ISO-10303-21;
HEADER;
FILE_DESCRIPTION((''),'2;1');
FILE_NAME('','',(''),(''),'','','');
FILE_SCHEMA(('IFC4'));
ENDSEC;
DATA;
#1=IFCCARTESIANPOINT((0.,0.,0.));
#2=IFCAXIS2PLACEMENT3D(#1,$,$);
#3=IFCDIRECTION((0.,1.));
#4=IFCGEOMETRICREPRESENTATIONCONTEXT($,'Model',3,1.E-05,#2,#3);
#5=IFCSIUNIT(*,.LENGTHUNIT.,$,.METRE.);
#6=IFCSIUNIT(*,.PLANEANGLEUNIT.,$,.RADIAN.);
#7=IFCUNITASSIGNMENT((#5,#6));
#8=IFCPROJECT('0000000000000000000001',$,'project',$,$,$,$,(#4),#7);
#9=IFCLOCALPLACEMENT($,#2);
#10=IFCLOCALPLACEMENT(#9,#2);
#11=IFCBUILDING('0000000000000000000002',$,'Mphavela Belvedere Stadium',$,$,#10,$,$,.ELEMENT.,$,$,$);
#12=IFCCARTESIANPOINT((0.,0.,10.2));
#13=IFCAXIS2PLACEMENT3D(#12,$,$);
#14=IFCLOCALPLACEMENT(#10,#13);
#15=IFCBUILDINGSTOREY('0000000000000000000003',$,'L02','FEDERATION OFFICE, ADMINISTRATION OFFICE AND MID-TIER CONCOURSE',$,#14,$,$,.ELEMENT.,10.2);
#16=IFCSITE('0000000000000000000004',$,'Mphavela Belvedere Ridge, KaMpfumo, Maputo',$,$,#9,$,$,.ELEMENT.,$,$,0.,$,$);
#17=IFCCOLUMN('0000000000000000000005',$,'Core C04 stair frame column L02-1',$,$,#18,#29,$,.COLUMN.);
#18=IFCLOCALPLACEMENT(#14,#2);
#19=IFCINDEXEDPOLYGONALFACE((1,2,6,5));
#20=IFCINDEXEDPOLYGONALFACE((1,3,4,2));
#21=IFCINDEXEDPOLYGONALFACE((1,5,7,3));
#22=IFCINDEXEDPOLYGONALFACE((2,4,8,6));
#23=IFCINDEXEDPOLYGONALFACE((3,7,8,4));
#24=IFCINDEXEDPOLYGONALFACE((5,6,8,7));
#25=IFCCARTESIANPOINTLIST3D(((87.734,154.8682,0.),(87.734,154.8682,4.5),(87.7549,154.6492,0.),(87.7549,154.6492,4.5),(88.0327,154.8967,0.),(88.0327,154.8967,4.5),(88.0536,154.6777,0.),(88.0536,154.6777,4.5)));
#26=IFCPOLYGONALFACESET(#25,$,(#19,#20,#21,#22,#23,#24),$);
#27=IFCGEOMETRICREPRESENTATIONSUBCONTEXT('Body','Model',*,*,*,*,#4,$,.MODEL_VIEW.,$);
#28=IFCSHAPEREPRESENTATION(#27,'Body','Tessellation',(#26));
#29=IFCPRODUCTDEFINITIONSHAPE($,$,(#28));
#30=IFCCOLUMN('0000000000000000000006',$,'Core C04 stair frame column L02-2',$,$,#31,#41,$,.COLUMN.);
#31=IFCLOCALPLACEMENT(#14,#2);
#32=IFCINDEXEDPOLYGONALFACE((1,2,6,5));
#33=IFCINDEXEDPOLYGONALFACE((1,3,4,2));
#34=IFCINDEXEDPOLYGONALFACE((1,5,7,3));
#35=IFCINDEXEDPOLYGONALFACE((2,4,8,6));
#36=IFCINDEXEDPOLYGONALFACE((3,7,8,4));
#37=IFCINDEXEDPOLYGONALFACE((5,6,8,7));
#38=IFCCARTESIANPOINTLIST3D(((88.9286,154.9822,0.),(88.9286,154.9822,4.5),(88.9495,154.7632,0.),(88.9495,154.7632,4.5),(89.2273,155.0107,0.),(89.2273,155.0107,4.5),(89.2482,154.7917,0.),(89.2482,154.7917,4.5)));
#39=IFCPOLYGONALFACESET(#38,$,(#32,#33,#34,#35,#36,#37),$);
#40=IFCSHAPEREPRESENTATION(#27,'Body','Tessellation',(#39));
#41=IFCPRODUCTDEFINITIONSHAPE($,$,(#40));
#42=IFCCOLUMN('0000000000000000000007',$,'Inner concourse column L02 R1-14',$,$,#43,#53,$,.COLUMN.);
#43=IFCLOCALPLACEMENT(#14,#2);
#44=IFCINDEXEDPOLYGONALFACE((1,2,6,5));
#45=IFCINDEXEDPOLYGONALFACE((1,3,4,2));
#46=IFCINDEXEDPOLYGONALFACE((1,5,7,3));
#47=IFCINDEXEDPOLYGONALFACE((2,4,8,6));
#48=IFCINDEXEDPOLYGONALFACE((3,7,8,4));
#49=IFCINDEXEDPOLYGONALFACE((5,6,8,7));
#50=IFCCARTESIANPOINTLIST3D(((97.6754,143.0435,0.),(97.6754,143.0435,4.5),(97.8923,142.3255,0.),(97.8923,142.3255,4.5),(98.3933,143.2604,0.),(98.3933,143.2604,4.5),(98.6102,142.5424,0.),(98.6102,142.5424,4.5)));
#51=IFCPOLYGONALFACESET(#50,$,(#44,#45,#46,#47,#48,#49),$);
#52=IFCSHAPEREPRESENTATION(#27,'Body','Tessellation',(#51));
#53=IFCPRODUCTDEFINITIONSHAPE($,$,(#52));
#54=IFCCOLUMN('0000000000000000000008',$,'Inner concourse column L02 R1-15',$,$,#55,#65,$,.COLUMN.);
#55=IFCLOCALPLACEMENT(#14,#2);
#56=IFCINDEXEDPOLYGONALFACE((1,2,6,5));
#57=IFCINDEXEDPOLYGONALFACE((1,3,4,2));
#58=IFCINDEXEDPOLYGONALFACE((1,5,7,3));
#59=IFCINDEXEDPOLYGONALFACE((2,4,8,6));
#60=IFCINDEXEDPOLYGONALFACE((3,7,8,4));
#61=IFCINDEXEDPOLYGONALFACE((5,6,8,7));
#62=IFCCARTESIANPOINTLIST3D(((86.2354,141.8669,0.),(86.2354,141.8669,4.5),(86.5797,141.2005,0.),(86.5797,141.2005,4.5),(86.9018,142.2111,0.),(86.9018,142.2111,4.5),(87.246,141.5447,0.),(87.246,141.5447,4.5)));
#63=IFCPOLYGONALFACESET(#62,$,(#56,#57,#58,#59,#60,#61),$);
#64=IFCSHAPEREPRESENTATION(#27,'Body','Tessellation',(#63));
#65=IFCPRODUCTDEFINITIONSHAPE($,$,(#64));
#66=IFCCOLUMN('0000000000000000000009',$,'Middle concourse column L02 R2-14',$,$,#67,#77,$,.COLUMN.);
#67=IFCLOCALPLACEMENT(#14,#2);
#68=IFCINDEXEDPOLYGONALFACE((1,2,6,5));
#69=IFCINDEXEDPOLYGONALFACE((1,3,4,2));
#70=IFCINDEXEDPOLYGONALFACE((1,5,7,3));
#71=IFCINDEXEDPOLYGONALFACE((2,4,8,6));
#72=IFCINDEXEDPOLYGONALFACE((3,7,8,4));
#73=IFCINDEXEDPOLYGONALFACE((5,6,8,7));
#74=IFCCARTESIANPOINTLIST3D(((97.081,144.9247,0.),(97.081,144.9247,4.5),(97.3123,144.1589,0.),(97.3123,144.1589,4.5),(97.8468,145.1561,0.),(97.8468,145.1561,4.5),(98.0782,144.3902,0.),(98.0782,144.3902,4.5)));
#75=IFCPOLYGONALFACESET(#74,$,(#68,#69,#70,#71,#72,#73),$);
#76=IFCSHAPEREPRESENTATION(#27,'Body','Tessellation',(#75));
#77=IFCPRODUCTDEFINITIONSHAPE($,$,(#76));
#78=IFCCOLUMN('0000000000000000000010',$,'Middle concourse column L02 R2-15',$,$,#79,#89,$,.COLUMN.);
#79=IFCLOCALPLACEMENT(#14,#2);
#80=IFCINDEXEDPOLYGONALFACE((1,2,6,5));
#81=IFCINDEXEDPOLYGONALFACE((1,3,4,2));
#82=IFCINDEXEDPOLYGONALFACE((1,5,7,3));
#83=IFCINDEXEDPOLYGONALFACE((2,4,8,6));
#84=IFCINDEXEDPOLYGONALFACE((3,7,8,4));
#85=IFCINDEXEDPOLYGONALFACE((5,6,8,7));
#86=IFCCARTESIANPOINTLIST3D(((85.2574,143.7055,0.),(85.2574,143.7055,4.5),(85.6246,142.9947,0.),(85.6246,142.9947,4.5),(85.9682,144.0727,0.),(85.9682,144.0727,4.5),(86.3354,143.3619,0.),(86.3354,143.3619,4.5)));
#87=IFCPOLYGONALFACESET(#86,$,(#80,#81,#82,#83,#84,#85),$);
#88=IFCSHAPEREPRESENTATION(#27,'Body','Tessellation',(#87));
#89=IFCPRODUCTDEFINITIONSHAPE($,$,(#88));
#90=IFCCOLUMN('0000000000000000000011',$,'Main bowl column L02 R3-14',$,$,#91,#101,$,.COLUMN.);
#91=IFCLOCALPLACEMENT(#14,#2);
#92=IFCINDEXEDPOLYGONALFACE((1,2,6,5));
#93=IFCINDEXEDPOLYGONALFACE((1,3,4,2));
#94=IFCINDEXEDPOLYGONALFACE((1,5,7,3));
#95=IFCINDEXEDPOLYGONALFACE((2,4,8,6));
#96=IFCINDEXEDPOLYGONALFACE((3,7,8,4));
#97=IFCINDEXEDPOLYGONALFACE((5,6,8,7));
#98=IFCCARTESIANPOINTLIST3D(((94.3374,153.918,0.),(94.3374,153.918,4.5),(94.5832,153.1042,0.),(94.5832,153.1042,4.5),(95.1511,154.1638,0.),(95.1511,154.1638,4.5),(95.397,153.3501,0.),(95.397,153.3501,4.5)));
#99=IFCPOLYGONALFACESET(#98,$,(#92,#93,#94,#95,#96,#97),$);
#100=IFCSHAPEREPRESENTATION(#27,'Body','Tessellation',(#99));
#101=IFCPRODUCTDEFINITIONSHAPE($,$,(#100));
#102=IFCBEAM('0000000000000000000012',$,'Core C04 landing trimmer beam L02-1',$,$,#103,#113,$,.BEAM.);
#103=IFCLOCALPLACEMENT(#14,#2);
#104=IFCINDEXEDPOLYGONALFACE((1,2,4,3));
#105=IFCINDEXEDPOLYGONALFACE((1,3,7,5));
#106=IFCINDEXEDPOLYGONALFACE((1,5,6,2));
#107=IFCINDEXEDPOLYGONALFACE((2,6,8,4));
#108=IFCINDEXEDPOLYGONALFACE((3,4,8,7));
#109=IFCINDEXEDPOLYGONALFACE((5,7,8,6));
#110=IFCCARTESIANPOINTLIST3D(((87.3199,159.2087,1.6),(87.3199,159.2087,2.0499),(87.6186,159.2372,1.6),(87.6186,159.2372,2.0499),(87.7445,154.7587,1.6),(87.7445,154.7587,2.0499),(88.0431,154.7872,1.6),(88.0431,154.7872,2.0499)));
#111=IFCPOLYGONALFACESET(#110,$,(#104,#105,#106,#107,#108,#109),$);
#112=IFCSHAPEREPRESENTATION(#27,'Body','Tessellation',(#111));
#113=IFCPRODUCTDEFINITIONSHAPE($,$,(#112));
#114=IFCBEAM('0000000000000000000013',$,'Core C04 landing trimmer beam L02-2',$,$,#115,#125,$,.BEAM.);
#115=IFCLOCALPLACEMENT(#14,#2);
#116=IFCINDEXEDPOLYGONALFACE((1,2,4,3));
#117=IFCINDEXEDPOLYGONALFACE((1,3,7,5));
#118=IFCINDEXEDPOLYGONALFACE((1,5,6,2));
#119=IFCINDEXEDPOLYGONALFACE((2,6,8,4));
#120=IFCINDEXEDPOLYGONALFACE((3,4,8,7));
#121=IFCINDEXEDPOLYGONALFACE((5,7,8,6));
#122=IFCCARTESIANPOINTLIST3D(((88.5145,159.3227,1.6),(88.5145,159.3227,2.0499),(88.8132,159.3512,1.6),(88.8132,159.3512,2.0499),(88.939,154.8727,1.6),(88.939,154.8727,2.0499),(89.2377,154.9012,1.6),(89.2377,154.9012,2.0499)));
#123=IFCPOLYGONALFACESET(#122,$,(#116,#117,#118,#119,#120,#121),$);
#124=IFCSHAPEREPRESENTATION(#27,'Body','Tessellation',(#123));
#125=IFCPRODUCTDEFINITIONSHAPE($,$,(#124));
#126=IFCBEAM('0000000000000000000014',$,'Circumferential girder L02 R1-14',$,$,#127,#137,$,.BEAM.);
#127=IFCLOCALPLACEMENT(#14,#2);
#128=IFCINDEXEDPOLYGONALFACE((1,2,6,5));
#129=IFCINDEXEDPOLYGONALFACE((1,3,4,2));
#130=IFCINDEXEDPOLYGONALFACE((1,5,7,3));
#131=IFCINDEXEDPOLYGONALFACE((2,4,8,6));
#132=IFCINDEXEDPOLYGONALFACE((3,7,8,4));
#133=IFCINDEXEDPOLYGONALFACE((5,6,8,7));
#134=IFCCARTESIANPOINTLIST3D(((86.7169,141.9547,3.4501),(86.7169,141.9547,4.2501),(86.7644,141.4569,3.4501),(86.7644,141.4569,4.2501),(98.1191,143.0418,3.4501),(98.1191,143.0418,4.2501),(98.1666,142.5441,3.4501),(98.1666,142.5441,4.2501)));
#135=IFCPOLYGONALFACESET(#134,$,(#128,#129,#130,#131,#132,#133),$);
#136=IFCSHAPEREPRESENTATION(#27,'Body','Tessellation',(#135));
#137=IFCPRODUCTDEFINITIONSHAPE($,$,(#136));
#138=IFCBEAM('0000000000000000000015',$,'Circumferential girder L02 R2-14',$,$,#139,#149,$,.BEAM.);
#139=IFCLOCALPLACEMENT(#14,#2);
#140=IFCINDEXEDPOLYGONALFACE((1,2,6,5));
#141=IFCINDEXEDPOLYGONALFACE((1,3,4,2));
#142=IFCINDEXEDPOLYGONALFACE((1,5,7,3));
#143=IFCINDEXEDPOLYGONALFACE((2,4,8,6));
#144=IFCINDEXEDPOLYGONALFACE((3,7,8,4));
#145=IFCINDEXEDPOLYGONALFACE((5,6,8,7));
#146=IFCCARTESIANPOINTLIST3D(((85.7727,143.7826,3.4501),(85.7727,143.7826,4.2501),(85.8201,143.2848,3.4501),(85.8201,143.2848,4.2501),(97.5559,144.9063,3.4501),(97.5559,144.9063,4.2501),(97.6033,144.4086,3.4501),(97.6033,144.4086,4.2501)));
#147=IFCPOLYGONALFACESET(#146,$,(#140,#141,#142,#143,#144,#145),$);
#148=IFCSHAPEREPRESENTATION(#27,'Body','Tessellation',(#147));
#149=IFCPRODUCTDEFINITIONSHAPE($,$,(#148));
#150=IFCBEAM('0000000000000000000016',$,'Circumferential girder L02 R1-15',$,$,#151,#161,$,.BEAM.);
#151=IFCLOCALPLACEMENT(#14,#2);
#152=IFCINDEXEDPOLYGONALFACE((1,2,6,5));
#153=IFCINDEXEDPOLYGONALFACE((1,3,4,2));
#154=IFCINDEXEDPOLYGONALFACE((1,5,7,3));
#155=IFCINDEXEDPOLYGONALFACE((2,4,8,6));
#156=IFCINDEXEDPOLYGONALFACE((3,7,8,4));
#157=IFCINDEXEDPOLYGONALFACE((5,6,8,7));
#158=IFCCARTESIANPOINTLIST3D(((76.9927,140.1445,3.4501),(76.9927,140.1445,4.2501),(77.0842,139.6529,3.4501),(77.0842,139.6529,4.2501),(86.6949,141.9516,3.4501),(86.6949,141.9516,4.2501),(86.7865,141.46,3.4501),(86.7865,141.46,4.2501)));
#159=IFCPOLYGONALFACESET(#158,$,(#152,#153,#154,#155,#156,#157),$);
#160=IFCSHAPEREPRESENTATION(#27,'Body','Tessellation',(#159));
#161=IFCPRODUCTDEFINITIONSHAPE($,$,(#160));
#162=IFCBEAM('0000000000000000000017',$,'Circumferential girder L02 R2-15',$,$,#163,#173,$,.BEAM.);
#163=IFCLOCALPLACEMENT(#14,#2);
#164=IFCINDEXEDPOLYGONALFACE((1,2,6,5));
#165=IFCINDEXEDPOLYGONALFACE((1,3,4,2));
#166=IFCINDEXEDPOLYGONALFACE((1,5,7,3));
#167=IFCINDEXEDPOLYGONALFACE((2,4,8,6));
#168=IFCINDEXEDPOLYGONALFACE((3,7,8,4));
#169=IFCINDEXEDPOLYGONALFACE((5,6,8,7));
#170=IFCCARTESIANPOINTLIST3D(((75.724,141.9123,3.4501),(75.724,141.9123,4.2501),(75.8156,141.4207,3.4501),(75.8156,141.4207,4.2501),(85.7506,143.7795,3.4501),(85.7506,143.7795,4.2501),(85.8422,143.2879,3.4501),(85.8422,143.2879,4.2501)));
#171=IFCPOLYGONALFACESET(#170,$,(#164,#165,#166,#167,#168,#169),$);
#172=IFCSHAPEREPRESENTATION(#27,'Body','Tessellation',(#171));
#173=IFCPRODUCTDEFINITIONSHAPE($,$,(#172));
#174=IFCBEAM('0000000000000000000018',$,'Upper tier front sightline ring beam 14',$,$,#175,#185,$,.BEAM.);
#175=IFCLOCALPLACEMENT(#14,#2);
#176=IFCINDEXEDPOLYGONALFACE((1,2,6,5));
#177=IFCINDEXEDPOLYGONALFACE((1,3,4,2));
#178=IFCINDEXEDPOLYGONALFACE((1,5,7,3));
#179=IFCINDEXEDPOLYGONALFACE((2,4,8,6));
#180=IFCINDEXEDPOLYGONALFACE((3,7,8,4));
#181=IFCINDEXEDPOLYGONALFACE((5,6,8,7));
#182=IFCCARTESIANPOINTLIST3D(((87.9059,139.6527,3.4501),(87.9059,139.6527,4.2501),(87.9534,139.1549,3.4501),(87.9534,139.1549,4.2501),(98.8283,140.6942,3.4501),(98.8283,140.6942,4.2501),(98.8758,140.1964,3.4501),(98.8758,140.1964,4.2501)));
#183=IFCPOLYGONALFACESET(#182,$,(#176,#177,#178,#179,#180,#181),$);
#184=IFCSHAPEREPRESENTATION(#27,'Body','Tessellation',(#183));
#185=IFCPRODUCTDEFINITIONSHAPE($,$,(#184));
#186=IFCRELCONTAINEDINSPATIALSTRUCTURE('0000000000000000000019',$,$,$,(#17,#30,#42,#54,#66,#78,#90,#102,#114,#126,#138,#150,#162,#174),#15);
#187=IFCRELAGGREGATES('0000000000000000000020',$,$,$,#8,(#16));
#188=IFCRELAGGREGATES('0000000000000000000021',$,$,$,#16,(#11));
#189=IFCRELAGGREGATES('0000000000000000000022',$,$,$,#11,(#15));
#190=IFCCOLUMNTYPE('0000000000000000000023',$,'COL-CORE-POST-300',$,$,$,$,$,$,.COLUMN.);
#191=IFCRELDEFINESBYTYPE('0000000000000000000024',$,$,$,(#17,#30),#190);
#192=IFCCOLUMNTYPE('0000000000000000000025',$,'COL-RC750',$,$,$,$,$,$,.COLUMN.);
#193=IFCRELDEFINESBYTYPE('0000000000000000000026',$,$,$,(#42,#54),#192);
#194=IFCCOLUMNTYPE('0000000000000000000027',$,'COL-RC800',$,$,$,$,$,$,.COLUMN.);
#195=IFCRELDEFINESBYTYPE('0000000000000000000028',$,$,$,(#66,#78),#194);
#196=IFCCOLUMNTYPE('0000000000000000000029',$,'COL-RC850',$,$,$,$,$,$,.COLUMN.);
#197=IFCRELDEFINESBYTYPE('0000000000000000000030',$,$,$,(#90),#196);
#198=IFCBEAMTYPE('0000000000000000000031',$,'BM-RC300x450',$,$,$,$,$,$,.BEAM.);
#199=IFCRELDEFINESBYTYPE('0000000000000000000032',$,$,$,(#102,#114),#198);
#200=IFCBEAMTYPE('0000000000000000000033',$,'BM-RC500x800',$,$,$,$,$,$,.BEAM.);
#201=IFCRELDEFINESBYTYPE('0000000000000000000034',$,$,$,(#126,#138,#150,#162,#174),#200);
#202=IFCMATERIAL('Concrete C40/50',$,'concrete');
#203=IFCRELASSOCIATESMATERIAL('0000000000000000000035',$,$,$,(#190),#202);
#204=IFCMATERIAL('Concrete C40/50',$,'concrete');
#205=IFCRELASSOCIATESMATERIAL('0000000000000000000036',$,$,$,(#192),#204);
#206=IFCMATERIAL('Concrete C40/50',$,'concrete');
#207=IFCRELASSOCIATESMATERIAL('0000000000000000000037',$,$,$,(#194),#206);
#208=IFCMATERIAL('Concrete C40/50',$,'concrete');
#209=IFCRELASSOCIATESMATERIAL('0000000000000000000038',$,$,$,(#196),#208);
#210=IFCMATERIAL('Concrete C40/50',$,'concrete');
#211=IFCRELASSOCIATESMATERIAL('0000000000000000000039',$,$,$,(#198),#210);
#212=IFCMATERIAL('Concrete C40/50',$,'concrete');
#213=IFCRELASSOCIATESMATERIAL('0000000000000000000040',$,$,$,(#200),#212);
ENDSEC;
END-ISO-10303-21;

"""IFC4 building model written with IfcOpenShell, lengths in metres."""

from ifc_helpers import new_model, si_unit, direction, frame, origin, origin_2d, place, context, subcontext, project, spatial, rectangle, extrude, material, material_profile, profile_set, type_object, element, save


model = new_model("IFC4")

# Units and contexts
model_context = context("Model", 3, precision=1e-05, world=origin(), true_north=direction((0.0, 1.0)))
body_context = subcontext(model_context, "Body", "Model", "MODEL_VIEW")
ifc_project = project(units=[si_unit("LENGTHUNIT", "METRE"), si_unit("PLANEANGLEUNIT", "RADIAN")], contexts=[model_context])

# Site, building, storey
site_placement = place(None, origin())
site = spatial("IfcSite", under=ifc_project, at=site_placement, Name="Mphavela Belvedere Ridge, KaMpfumo, Maputo", CompositionType="ELEMENT", RefElevation=0.0)
building_placement = place(site_placement, origin())
building = spatial("IfcBuilding", under=site, at=building_placement, Name="Mphavela Belvedere Stadium", CompositionType="ELEMENT")
storey_placement = place(building_placement, frame((0.0, 0.0, 10.2)))
storey = spatial("IfcBuildingStorey", under=building, at=storey_placement, Name="L02", Description="FEDERATION OFFICE, ADMINISTRATION OFFICE AND MID-TIER CONCOURSE", CompositionType="ELEMENT", Elevation=10.2)

# Columns
ifc_material_1 = material(Name="Concrete C40/50", Category="concrete")
ifc_material_profile_1 = material_profile(ifc_material_1, rectangle(XDim=0.3, YDim=0.22, at=origin_2d()), Name="RC 300x220")
ifc_profile_set_1 = profile_set([ifc_material_profile_1], Name="Concrete C40/50")
column_type_1 = type_object("IfcColumnType", Name="COL-CORE-POST-300", PredefinedType="COLUMN", material=ifc_profile_set_1)
for number, where, z_axis, x_axis, name in (
    (1, (87.8938, 154.7729, 0.0), (0.0, 0.0, 1.0), (0.995479, 0.094977, 0.0), "Core C04 stair frame column L02-1"),
    (2, (89.0884, 154.887, 0.0), (0.0, 0.0, 1.0), (0.995479, 0.094977, 0.0), "Core C04 stair frame column L02-2"),
):
    element("IfcColumn", number, at=place(storey_placement, frame(where, z_axis=z_axis, x_axis=x_axis)), inside=storey, type_object=column_type_1, Name=name, PredefinedType="COLUMN", context=body_context, shape_type="SweptSolid", body=[
        extrude(rectangle(XDim=0.3, YDim=0.22, at=origin_2d()), origin(), (0.0, 0.0, 1.0), 4.5),
    ])
ifc_material_2 = material(Name="Concrete C40/50", Category="concrete")
ifc_material_profile_2 = material_profile(ifc_material_2, rectangle(XDim=0.75, YDim=0.75, at=origin_2d()), Name="RC 750x750")
ifc_profile_set_2 = profile_set([ifc_material_profile_2], Name="Concrete C40/50")
column_type_2 = type_object("IfcColumnType", Name="COL-RC750", PredefinedType="COLUMN", material=ifc_profile_set_2)
for number, where, z_axis, x_axis, name in (
    (3, (98.1428, 142.793, 0.0), (0.0, 0.0, 1.0), (-0.289199, 0.957269, 0.0), "Inner concourse column L02 R1-14"),
    (4, (86.7407, 141.7058, 0.0), (0.0, 0.0, 1.0), (-0.45896, 0.888457, 0.0), "Inner concourse column L02 R1-15"),
):
    element("IfcColumn", number, at=place(storey_placement, frame(where, z_axis=z_axis, x_axis=x_axis)), inside=storey, type_object=column_type_2, Name=name, PredefinedType="COLUMN", context=body_context, shape_type="SweptSolid", body=[
        extrude(rectangle(XDim=0.75, YDim=0.75, at=origin_2d()), origin(), (0.0, 0.0, 1.0), 4.5),
    ])
ifc_material_3 = material(Name="Concrete C40/50", Category="concrete")
ifc_material_profile_3 = material_profile(ifc_material_3, rectangle(XDim=0.8, YDim=0.8, at=origin_2d()), Name="RC 800x800")
ifc_profile_set_3 = profile_set([ifc_material_profile_3], Name="Concrete C40/50")
column_type_3 = type_object("IfcColumnType", Name="COL-RC800", PredefinedType="COLUMN", material=ifc_profile_set_3)
for number, where, z_axis, x_axis, name in (
    (5, (97.5796, 144.6575, 0.0), (0.0, 0.0, 1.0), (-0.289199, 0.957269, 0.0), "Middle concourse column L02 R2-14"),
    (6, (85.7964, 143.5337, 0.0), (0.0, 0.0, 1.0), (-0.45896, 0.888457, 0.0), "Middle concourse column L02 R2-15"),
):
    element("IfcColumn", number, at=place(storey_placement, frame(where, z_axis=z_axis, x_axis=x_axis)), inside=storey, type_object=column_type_3, Name=name, PredefinedType="COLUMN", context=body_context, shape_type="SweptSolid", body=[
        extrude(rectangle(XDim=0.8, YDim=0.8, at=origin_2d()), origin(), (0.0, 0.0, 1.0), 4.5),
    ])
ifc_material_4 = material(Name="Concrete C40/50", Category="concrete")
ifc_material_profile_4 = material_profile(ifc_material_4, rectangle(XDim=0.8501, YDim=0.8501, at=origin_2d()), Name="RC 850x850")
ifc_profile_set_4 = profile_set([ifc_material_profile_4], Name="Concrete C40/50")
column_type_4 = type_object("IfcColumnType", Name="COL-RC850", PredefinedType="COLUMN", material=ifc_profile_set_4)
column_placement = place(storey_placement, frame((94.8672, 153.634, 0.0), z_axis=(0.0, 0.0, 1.0), x_axis=(-0.289199, 0.957269, 0.0)))
element("IfcColumn", 7, at=column_placement, inside=storey, type_object=column_type_4, Name="Main bowl column L02 R3-14", PredefinedType="COLUMN", context=body_context, shape_type="SweptSolid", body=[
    extrude(rectangle(XDim=0.8501, YDim=0.8501, at=origin_2d()), origin(), (0.0, 0.0, 1.0), 4.5),
])

# Beams
ifc_material_5 = material(Name="Concrete C40/50", Category="concrete")
ifc_material_profile_5 = material_profile(ifc_material_5, rectangle(XDim=0.3, YDim=0.45, at=origin_2d()), Name="RC 300x450")
ifc_profile_set_5 = profile_set([ifc_material_profile_5], Name="Concrete C40/50")
beam_type_1 = type_object("IfcBeamType", Name="BM-RC300x450", PredefinedType="BEAM", material=ifc_profile_set_5)
for number, where, z_axis, x_axis, name in (
    (8, (87.8938, 154.7729, 1.825), (-0.094977, 0.99548, 0.0), (-0.99548, -0.094977, 0.0), "Core C04 landing trimmer beam L02-1"),
    (9, (89.0884, 154.887, 1.825), (-0.094977, 0.99548, 0.0), (-0.99548, -0.094977, 0.0), "Core C04 landing trimmer beam L02-2"),
):
    element("IfcBeam", number, at=place(storey_placement, frame(where, z_axis=z_axis, x_axis=x_axis)), inside=storey, type_object=beam_type_1, Name=name, PredefinedType="BEAM", context=body_context, shape_type="SweptSolid", body=[
        extrude(rectangle(XDim=0.3, YDim=0.45, at=origin_2d()), origin(), (0.0, 0.0, 1.0), 4.4702),
    ])
ifc_material_6 = material(Name="Concrete C40/50", Category="concrete")
ifc_material_profile_6 = material_profile(ifc_material_6, rectangle(XDim=0.5, YDim=0.8, at=origin_2d()), Name="RC 500x800")
ifc_profile_set_6 = profile_set([ifc_material_profile_6], Name="Concrete C40/50")
beam_type_2 = type_object("IfcBeamType", Name="BM-RC500x800", PredefinedType="BEAM", material=ifc_profile_set_6)
beam_1_placement = place(storey_placement, frame((98.1428, 142.793, 3.8501), z_axis=(-0.995485, -0.094917, 0.0), x_axis=(0.094917, -0.995485, 0.0)))
element("IfcBeam", 10, at=beam_1_placement, inside=storey, type_object=beam_type_2, Name="Circumferential girder L02 R1-14", PredefinedType="BEAM", context=body_context, shape_type="SweptSolid", body=[
    extrude(rectangle(XDim=0.5, YDim=0.8, at=origin_2d()), origin(), (0.0, 0.0, 1.0), 11.4539),
])
beam_2_placement = place(storey_placement, frame((97.5796, 144.6575, 3.8501), z_axis=(-0.995483, -0.09494, 0.0), x_axis=(0.09494, -0.995483, 0.0)))
element("IfcBeam", 11, at=beam_2_placement, inside=storey, type_object=beam_type_2, Name="Circumferential girder L02 R2-14", PredefinedType="BEAM", context=body_context, shape_type="SweptSolid", body=[
    extrude(rectangle(XDim=0.5, YDim=0.8, at=origin_2d()), origin(), (0.0, 0.0, 1.0), 11.8367),
])
beam_3_placement = place(storey_placement, frame((86.7407, 141.7058, 3.8501), z_axis=(-0.983093, -0.183107, 0.0), x_axis=(0.183107, -0.983093, 0.0)))
element("IfcBeam", 12, at=beam_3_placement, inside=storey, type_object=beam_type_2, Name="Circumferential girder L02 R1-15", PredefinedType="BEAM", context=body_context, shape_type="SweptSolid", body=[
    extrude(rectangle(XDim=0.5, YDim=0.8, at=origin_2d()), origin(), (0.0, 0.0, 1.0), 9.8691),
])
beam_4_placement = place(storey_placement, frame((85.7964, 143.5337, 3.8501), z_axis=(-0.983099, -0.183076, 0.0), x_axis=(0.183076, -0.983099, 0.0)))
element("IfcBeam", 13, at=beam_4_placement, inside=storey, type_object=beam_type_2, Name="Circumferential girder L02 R2-15", PredefinedType="BEAM", context=body_context, shape_type="SweptSolid", body=[
    extrude(rectangle(XDim=0.5, YDim=0.8, at=origin_2d()), origin(), (0.0, 0.0, 1.0), 10.199),
])
beam_5_placement = place(storey_placement, frame((98.8521, 140.4453, 3.8501), z_axis=(-0.995484, -0.094925, 0.0), x_axis=(0.094925, -0.995484, 0.0)))
element("IfcBeam", 14, at=beam_5_placement, inside=storey, type_object=beam_type_2, Name="Upper tier front sightline ring beam 14", PredefinedType="BEAM", context=body_context, shape_type="SweptSolid", body=[
    extrude(rectangle(XDim=0.5, YDim=0.8, at=origin_2d()), origin(), (0.0, 0.0, 1.0), 10.9719),
])

save(model, "model.ifc")
